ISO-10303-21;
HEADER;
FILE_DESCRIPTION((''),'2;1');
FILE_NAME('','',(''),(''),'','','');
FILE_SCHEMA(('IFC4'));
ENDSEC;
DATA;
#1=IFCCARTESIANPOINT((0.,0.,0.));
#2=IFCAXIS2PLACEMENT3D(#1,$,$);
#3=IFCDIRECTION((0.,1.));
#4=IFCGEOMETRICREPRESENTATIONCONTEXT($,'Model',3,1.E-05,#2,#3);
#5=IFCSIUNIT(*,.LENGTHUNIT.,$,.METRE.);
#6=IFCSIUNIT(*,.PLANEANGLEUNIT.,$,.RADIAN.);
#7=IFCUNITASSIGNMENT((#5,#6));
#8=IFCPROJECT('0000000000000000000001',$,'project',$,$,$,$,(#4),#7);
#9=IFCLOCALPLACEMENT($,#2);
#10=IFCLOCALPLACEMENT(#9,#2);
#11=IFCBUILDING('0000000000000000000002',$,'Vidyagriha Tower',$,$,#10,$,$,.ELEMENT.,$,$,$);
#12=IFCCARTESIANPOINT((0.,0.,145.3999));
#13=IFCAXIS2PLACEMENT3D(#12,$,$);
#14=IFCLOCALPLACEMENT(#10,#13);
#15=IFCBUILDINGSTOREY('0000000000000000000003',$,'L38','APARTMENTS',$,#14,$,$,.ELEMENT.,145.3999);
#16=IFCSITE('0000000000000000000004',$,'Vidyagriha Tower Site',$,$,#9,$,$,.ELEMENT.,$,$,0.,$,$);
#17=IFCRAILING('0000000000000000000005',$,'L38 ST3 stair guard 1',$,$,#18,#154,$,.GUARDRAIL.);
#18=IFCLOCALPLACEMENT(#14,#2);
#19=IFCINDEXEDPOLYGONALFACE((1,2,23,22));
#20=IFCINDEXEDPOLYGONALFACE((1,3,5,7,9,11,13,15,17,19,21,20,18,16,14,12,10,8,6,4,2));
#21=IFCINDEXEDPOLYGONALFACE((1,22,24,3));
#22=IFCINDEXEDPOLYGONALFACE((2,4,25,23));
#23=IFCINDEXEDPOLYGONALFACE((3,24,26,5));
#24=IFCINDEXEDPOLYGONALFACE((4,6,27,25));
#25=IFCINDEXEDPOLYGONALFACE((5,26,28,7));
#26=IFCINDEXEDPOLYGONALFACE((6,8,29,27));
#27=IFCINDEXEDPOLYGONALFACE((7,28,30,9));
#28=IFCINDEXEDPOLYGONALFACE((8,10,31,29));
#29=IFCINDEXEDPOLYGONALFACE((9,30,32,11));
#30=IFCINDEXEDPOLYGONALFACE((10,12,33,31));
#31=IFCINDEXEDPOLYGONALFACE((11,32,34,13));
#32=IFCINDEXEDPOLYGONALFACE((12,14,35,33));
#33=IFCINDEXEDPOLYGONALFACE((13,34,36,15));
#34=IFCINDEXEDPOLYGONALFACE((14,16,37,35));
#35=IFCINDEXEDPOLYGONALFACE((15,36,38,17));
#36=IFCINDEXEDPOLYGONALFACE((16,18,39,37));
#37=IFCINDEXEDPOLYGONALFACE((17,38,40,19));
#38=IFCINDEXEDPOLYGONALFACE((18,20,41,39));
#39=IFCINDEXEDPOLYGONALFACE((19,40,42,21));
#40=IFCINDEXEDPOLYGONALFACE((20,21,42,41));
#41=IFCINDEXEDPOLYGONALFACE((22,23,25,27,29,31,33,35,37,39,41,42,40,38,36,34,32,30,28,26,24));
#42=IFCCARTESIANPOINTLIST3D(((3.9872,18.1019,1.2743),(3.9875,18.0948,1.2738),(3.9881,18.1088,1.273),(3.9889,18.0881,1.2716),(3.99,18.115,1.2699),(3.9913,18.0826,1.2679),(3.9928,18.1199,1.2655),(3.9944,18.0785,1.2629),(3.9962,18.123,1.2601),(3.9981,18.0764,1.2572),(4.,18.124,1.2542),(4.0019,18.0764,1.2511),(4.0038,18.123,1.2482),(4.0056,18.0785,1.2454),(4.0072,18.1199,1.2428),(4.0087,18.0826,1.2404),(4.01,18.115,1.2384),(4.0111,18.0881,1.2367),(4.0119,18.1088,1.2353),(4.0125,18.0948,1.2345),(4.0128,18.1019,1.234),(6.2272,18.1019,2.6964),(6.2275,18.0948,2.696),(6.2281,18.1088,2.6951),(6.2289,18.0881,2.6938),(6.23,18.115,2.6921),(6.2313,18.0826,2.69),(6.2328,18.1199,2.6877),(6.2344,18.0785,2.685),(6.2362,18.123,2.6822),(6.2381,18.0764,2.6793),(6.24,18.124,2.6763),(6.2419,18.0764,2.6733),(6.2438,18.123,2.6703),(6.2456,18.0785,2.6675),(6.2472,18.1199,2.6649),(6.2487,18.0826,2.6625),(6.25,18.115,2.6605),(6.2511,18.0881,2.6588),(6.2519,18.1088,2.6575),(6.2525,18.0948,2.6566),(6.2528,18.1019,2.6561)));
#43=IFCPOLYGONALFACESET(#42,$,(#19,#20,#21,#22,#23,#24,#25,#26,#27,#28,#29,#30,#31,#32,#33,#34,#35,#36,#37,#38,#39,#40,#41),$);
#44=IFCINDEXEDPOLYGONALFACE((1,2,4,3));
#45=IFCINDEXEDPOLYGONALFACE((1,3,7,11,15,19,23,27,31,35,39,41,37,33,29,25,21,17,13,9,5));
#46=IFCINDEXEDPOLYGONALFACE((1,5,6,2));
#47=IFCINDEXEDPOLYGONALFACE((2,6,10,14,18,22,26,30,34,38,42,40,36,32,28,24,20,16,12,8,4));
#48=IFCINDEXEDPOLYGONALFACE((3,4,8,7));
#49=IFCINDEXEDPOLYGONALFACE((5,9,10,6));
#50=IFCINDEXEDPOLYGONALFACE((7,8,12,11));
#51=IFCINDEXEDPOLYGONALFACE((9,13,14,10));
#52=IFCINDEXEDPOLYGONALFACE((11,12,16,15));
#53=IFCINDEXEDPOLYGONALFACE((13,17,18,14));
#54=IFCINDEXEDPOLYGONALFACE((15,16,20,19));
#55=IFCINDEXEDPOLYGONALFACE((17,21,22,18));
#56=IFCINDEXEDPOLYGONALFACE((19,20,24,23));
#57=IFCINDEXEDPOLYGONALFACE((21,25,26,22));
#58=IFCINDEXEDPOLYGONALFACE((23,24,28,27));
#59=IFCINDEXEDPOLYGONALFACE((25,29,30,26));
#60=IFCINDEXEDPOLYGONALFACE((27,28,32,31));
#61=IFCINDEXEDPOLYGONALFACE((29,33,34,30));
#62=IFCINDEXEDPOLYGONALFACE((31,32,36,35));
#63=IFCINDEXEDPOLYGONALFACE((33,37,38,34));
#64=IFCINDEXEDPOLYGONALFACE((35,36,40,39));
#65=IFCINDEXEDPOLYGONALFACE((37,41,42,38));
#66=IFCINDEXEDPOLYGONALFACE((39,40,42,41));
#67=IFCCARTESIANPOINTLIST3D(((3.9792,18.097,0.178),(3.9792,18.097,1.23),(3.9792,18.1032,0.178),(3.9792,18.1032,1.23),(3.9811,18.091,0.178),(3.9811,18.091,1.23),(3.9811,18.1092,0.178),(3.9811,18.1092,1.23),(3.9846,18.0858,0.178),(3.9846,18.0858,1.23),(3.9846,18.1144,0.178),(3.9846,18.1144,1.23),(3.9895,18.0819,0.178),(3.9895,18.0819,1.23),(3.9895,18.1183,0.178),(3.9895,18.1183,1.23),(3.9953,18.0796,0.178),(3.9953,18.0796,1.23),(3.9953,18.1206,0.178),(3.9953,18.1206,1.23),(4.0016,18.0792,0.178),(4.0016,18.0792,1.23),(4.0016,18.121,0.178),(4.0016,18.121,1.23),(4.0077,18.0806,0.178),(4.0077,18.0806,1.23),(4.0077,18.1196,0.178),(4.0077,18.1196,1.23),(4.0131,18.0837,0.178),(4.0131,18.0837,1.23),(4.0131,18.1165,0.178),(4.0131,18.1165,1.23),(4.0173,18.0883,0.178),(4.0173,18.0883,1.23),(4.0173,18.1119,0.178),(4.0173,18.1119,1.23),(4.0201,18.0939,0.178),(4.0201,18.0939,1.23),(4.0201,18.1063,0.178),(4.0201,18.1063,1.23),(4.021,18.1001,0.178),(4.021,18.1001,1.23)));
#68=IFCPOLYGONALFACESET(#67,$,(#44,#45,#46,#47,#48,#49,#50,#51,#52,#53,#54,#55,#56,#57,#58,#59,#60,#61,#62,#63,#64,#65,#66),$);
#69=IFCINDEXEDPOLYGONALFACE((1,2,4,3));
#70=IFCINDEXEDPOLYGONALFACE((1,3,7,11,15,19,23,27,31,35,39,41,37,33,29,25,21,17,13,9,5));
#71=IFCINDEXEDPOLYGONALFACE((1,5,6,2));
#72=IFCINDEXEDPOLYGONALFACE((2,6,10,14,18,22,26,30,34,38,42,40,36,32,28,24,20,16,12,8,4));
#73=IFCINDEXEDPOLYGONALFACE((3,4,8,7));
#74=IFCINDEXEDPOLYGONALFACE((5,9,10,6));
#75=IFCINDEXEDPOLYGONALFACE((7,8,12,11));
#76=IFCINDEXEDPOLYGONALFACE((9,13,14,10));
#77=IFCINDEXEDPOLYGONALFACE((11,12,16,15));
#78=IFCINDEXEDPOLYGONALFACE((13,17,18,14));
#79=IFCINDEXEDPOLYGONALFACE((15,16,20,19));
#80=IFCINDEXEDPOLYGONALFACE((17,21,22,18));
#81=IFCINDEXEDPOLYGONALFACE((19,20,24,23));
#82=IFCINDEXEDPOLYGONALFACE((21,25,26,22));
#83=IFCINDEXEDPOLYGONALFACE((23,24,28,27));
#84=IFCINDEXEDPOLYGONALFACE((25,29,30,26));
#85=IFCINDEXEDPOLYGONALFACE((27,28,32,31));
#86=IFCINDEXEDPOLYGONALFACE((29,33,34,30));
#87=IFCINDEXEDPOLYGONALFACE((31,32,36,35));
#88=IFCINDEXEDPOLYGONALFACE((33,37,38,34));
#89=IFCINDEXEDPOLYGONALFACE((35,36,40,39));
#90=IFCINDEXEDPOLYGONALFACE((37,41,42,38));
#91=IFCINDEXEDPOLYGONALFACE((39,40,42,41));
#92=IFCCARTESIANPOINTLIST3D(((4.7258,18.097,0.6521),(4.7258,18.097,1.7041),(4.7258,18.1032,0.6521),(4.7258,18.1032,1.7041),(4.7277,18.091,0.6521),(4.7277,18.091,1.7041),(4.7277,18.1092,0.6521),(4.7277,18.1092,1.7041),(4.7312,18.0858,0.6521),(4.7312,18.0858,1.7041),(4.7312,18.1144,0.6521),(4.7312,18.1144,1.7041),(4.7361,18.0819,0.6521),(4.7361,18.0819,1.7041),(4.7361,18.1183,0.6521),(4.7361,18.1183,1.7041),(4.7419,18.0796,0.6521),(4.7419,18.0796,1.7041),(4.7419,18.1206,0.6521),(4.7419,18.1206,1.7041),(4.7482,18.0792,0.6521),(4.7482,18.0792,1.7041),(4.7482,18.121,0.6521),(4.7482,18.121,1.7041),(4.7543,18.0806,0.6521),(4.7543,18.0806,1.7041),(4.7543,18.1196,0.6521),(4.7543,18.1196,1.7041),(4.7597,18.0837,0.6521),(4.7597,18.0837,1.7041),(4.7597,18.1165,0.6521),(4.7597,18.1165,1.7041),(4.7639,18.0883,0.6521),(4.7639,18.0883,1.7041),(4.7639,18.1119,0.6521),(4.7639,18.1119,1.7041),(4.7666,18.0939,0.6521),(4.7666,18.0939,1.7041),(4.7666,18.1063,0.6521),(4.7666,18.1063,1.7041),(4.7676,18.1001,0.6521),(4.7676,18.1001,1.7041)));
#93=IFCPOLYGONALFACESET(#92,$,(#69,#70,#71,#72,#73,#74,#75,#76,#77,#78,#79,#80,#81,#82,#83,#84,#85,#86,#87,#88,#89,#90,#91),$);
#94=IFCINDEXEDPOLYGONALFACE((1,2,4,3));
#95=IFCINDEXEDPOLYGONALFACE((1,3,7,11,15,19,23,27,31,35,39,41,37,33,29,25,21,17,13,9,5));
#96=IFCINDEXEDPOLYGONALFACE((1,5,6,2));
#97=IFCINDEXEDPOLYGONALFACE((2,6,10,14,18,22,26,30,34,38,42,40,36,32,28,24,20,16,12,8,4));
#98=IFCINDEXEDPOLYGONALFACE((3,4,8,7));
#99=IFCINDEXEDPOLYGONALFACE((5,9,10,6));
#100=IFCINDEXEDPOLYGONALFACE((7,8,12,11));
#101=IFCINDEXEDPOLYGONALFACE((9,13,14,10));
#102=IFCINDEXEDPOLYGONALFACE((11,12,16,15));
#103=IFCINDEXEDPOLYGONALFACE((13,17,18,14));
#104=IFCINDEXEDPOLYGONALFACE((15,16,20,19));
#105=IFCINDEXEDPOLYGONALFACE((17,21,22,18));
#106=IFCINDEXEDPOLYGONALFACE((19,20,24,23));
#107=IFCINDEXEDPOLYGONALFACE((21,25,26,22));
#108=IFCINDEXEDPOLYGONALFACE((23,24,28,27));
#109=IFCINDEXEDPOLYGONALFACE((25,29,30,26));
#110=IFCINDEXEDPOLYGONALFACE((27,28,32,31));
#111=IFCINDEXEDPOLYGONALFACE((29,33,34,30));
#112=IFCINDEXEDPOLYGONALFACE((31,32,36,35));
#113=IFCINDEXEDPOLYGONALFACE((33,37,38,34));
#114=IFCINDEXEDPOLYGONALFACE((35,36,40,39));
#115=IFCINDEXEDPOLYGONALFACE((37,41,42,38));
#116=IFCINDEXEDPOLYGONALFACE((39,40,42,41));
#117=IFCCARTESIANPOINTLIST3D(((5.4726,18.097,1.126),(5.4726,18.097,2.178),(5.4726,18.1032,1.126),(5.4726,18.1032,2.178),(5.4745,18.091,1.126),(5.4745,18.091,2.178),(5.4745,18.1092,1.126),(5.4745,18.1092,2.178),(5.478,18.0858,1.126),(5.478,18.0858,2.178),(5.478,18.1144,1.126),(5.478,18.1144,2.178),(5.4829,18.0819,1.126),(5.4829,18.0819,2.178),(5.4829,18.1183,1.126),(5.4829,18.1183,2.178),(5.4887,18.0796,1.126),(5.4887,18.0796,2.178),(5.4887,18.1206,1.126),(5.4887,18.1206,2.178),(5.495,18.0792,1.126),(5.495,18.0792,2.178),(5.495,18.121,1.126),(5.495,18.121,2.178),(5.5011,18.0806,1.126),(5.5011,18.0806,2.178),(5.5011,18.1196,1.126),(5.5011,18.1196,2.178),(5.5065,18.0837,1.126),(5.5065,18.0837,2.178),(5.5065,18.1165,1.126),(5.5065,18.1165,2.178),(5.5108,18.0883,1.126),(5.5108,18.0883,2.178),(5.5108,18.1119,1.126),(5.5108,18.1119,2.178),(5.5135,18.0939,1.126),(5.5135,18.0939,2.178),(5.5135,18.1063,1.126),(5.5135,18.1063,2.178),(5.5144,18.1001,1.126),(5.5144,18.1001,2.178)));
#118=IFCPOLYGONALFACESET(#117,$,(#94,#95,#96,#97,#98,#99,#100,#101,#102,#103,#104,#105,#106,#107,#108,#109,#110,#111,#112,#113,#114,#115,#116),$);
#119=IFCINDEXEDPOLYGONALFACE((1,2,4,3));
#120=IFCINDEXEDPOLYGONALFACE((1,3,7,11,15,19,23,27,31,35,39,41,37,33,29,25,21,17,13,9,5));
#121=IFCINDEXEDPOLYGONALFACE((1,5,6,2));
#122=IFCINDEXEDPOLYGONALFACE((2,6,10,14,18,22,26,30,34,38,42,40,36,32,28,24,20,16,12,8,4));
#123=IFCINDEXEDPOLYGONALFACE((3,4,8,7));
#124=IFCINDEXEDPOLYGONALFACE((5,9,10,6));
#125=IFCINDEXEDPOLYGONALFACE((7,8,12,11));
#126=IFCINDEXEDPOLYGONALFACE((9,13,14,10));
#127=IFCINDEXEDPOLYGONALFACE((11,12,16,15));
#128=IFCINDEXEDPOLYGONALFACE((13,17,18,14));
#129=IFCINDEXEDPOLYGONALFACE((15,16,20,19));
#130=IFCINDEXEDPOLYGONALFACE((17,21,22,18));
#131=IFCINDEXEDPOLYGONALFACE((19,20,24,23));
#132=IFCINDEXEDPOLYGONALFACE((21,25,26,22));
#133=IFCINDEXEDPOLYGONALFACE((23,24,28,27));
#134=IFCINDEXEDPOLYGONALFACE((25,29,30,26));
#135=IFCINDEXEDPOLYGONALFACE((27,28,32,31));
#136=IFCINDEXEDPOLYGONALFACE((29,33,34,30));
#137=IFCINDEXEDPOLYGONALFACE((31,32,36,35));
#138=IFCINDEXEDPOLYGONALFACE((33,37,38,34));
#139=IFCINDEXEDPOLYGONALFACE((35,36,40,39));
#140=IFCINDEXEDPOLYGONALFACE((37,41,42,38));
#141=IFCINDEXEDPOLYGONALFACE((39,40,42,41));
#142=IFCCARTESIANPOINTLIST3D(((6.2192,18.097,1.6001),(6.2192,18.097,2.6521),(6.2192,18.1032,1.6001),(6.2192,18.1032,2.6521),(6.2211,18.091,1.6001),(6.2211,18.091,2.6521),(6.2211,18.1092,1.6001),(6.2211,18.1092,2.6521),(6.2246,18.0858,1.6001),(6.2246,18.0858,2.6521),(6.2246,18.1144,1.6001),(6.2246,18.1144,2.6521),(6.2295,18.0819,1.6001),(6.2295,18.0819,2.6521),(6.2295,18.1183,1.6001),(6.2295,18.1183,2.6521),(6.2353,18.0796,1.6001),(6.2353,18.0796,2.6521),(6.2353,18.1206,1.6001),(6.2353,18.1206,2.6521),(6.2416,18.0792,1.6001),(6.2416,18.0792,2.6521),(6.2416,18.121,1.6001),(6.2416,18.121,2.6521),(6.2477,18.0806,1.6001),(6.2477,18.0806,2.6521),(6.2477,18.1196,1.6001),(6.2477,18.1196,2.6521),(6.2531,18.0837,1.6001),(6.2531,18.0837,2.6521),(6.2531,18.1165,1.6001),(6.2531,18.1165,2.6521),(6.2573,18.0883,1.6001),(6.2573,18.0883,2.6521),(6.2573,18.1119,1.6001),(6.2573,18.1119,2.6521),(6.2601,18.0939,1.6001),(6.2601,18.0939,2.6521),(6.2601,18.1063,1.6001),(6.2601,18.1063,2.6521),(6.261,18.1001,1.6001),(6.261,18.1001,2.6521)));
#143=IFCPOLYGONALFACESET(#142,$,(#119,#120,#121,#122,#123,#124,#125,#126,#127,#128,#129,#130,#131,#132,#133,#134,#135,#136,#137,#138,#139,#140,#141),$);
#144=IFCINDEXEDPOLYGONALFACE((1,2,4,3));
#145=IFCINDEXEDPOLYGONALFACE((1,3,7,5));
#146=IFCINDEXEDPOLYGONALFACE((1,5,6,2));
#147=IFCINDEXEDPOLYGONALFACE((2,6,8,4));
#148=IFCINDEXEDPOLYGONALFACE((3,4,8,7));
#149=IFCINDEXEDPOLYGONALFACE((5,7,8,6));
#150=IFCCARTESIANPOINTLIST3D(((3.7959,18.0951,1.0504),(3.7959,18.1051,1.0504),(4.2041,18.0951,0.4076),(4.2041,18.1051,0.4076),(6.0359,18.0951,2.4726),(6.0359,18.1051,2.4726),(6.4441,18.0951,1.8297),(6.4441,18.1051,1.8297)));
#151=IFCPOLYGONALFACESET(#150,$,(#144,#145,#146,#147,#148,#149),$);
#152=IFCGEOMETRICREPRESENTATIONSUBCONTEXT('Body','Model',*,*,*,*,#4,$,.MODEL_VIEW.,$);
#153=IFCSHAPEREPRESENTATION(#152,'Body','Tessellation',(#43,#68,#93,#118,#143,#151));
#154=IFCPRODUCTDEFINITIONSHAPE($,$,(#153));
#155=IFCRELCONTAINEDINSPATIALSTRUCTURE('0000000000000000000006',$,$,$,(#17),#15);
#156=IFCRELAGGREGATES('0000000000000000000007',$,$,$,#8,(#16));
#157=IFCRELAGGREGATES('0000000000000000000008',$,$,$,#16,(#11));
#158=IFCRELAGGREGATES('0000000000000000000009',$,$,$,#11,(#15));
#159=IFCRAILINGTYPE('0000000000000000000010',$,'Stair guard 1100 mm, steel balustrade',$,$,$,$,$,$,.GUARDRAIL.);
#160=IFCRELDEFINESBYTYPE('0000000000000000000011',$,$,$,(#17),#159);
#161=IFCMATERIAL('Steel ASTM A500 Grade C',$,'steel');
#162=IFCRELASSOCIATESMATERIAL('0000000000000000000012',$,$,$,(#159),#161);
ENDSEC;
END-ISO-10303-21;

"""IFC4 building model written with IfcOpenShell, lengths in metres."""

from ifc_helpers import new_model, si_unit, direction, frame, origin, origin_2d, place, context, subcontext, project, spatial, rectangle, circle, extrude, material, type_object, element, save


model = new_model("IFC4")

# Units and contexts
model_context = context("Model", 3, precision=1e-05, world=origin(), true_north=direction((0.0, 1.0)))
body_context = subcontext(model_context, "Body", "Model", "MODEL_VIEW")
ifc_project = project(units=[si_unit("LENGTHUNIT", "METRE"), si_unit("PLANEANGLEUNIT", "RADIAN")], contexts=[model_context])

# Site, building, storey
site_placement = place(None, origin())
site = spatial("IfcSite", under=ifc_project, at=site_placement, Name="Vidyagriha Tower Site", CompositionType="ELEMENT", RefElevation=0.0)
building_placement = place(site_placement, origin())
building = spatial("IfcBuilding", under=site, at=building_placement, Name="Vidyagriha Tower", CompositionType="ELEMENT")
storey_placement = place(building_placement, frame((0.0, 0.0, 145.3999)))
storey = spatial("IfcBuildingStorey", under=building, at=storey_placement, Name="L38", Description="APARTMENTS", CompositionType="ELEMENT", Elevation=145.3999)

# Railing
ifc_material_1 = material(Name="Steel ASTM A500 Grade C", Category="steel")
railing_type_1 = type_object("IfcRailingType", Name="Stair guard 1100 mm, steel balustrade", PredefinedType="GUARDRAIL", material=ifc_material_1)
railing_1_placement = place(storey_placement, frame((4.0, 18.1001, 0.178)))
element("IfcRailing", 1, at=railing_1_placement, inside=storey, type_object=railing_type_1, Name="L38 ST3 stair guard 1", PredefinedType="GUARDRAIL", context=body_context, shape_type="SweptSolid", body=[
    extrude(circle(Radius=0.0239, at=origin_2d()), frame((0.0, 0.0, 1.0762), z_axis=(0.844229, 0.0, 0.535982), x_axis=(0.0, 1.0, 0.0)), (0.0, 0.0, 1.0), 2.6533),
    extrude(circle(Radius=0.021, at=origin_2d()), origin(), (0.0, 0.0, 1.0), 1.052),
    extrude(circle(Radius=0.021, at=origin_2d()), frame((0.7466, 0.0, 0.4741)), (0.0, 0.0, 1.0), 1.052),
    extrude(circle(Radius=0.021, at=origin_2d()), frame((1.4934, 0.0, 0.948)), (0.0, 0.0, 1.0), 1.052),
    extrude(circle(Radius=0.021, at=origin_2d()), frame((2.24, 0.0, 1.4221)), (0.0, 0.0, 1.0), 1.052),
    extrude(rectangle(XDim=0.01, YDim=0.7615, at=origin_2d()), frame((0.0, 0.0, 0.551), z_axis=(0.844229, 0.0, 0.535982), x_axis=(0.0, 1.0, 0.0)), (0.0, 0.0, 1.0), 2.6533),
])

save(model, "model.ifc")
